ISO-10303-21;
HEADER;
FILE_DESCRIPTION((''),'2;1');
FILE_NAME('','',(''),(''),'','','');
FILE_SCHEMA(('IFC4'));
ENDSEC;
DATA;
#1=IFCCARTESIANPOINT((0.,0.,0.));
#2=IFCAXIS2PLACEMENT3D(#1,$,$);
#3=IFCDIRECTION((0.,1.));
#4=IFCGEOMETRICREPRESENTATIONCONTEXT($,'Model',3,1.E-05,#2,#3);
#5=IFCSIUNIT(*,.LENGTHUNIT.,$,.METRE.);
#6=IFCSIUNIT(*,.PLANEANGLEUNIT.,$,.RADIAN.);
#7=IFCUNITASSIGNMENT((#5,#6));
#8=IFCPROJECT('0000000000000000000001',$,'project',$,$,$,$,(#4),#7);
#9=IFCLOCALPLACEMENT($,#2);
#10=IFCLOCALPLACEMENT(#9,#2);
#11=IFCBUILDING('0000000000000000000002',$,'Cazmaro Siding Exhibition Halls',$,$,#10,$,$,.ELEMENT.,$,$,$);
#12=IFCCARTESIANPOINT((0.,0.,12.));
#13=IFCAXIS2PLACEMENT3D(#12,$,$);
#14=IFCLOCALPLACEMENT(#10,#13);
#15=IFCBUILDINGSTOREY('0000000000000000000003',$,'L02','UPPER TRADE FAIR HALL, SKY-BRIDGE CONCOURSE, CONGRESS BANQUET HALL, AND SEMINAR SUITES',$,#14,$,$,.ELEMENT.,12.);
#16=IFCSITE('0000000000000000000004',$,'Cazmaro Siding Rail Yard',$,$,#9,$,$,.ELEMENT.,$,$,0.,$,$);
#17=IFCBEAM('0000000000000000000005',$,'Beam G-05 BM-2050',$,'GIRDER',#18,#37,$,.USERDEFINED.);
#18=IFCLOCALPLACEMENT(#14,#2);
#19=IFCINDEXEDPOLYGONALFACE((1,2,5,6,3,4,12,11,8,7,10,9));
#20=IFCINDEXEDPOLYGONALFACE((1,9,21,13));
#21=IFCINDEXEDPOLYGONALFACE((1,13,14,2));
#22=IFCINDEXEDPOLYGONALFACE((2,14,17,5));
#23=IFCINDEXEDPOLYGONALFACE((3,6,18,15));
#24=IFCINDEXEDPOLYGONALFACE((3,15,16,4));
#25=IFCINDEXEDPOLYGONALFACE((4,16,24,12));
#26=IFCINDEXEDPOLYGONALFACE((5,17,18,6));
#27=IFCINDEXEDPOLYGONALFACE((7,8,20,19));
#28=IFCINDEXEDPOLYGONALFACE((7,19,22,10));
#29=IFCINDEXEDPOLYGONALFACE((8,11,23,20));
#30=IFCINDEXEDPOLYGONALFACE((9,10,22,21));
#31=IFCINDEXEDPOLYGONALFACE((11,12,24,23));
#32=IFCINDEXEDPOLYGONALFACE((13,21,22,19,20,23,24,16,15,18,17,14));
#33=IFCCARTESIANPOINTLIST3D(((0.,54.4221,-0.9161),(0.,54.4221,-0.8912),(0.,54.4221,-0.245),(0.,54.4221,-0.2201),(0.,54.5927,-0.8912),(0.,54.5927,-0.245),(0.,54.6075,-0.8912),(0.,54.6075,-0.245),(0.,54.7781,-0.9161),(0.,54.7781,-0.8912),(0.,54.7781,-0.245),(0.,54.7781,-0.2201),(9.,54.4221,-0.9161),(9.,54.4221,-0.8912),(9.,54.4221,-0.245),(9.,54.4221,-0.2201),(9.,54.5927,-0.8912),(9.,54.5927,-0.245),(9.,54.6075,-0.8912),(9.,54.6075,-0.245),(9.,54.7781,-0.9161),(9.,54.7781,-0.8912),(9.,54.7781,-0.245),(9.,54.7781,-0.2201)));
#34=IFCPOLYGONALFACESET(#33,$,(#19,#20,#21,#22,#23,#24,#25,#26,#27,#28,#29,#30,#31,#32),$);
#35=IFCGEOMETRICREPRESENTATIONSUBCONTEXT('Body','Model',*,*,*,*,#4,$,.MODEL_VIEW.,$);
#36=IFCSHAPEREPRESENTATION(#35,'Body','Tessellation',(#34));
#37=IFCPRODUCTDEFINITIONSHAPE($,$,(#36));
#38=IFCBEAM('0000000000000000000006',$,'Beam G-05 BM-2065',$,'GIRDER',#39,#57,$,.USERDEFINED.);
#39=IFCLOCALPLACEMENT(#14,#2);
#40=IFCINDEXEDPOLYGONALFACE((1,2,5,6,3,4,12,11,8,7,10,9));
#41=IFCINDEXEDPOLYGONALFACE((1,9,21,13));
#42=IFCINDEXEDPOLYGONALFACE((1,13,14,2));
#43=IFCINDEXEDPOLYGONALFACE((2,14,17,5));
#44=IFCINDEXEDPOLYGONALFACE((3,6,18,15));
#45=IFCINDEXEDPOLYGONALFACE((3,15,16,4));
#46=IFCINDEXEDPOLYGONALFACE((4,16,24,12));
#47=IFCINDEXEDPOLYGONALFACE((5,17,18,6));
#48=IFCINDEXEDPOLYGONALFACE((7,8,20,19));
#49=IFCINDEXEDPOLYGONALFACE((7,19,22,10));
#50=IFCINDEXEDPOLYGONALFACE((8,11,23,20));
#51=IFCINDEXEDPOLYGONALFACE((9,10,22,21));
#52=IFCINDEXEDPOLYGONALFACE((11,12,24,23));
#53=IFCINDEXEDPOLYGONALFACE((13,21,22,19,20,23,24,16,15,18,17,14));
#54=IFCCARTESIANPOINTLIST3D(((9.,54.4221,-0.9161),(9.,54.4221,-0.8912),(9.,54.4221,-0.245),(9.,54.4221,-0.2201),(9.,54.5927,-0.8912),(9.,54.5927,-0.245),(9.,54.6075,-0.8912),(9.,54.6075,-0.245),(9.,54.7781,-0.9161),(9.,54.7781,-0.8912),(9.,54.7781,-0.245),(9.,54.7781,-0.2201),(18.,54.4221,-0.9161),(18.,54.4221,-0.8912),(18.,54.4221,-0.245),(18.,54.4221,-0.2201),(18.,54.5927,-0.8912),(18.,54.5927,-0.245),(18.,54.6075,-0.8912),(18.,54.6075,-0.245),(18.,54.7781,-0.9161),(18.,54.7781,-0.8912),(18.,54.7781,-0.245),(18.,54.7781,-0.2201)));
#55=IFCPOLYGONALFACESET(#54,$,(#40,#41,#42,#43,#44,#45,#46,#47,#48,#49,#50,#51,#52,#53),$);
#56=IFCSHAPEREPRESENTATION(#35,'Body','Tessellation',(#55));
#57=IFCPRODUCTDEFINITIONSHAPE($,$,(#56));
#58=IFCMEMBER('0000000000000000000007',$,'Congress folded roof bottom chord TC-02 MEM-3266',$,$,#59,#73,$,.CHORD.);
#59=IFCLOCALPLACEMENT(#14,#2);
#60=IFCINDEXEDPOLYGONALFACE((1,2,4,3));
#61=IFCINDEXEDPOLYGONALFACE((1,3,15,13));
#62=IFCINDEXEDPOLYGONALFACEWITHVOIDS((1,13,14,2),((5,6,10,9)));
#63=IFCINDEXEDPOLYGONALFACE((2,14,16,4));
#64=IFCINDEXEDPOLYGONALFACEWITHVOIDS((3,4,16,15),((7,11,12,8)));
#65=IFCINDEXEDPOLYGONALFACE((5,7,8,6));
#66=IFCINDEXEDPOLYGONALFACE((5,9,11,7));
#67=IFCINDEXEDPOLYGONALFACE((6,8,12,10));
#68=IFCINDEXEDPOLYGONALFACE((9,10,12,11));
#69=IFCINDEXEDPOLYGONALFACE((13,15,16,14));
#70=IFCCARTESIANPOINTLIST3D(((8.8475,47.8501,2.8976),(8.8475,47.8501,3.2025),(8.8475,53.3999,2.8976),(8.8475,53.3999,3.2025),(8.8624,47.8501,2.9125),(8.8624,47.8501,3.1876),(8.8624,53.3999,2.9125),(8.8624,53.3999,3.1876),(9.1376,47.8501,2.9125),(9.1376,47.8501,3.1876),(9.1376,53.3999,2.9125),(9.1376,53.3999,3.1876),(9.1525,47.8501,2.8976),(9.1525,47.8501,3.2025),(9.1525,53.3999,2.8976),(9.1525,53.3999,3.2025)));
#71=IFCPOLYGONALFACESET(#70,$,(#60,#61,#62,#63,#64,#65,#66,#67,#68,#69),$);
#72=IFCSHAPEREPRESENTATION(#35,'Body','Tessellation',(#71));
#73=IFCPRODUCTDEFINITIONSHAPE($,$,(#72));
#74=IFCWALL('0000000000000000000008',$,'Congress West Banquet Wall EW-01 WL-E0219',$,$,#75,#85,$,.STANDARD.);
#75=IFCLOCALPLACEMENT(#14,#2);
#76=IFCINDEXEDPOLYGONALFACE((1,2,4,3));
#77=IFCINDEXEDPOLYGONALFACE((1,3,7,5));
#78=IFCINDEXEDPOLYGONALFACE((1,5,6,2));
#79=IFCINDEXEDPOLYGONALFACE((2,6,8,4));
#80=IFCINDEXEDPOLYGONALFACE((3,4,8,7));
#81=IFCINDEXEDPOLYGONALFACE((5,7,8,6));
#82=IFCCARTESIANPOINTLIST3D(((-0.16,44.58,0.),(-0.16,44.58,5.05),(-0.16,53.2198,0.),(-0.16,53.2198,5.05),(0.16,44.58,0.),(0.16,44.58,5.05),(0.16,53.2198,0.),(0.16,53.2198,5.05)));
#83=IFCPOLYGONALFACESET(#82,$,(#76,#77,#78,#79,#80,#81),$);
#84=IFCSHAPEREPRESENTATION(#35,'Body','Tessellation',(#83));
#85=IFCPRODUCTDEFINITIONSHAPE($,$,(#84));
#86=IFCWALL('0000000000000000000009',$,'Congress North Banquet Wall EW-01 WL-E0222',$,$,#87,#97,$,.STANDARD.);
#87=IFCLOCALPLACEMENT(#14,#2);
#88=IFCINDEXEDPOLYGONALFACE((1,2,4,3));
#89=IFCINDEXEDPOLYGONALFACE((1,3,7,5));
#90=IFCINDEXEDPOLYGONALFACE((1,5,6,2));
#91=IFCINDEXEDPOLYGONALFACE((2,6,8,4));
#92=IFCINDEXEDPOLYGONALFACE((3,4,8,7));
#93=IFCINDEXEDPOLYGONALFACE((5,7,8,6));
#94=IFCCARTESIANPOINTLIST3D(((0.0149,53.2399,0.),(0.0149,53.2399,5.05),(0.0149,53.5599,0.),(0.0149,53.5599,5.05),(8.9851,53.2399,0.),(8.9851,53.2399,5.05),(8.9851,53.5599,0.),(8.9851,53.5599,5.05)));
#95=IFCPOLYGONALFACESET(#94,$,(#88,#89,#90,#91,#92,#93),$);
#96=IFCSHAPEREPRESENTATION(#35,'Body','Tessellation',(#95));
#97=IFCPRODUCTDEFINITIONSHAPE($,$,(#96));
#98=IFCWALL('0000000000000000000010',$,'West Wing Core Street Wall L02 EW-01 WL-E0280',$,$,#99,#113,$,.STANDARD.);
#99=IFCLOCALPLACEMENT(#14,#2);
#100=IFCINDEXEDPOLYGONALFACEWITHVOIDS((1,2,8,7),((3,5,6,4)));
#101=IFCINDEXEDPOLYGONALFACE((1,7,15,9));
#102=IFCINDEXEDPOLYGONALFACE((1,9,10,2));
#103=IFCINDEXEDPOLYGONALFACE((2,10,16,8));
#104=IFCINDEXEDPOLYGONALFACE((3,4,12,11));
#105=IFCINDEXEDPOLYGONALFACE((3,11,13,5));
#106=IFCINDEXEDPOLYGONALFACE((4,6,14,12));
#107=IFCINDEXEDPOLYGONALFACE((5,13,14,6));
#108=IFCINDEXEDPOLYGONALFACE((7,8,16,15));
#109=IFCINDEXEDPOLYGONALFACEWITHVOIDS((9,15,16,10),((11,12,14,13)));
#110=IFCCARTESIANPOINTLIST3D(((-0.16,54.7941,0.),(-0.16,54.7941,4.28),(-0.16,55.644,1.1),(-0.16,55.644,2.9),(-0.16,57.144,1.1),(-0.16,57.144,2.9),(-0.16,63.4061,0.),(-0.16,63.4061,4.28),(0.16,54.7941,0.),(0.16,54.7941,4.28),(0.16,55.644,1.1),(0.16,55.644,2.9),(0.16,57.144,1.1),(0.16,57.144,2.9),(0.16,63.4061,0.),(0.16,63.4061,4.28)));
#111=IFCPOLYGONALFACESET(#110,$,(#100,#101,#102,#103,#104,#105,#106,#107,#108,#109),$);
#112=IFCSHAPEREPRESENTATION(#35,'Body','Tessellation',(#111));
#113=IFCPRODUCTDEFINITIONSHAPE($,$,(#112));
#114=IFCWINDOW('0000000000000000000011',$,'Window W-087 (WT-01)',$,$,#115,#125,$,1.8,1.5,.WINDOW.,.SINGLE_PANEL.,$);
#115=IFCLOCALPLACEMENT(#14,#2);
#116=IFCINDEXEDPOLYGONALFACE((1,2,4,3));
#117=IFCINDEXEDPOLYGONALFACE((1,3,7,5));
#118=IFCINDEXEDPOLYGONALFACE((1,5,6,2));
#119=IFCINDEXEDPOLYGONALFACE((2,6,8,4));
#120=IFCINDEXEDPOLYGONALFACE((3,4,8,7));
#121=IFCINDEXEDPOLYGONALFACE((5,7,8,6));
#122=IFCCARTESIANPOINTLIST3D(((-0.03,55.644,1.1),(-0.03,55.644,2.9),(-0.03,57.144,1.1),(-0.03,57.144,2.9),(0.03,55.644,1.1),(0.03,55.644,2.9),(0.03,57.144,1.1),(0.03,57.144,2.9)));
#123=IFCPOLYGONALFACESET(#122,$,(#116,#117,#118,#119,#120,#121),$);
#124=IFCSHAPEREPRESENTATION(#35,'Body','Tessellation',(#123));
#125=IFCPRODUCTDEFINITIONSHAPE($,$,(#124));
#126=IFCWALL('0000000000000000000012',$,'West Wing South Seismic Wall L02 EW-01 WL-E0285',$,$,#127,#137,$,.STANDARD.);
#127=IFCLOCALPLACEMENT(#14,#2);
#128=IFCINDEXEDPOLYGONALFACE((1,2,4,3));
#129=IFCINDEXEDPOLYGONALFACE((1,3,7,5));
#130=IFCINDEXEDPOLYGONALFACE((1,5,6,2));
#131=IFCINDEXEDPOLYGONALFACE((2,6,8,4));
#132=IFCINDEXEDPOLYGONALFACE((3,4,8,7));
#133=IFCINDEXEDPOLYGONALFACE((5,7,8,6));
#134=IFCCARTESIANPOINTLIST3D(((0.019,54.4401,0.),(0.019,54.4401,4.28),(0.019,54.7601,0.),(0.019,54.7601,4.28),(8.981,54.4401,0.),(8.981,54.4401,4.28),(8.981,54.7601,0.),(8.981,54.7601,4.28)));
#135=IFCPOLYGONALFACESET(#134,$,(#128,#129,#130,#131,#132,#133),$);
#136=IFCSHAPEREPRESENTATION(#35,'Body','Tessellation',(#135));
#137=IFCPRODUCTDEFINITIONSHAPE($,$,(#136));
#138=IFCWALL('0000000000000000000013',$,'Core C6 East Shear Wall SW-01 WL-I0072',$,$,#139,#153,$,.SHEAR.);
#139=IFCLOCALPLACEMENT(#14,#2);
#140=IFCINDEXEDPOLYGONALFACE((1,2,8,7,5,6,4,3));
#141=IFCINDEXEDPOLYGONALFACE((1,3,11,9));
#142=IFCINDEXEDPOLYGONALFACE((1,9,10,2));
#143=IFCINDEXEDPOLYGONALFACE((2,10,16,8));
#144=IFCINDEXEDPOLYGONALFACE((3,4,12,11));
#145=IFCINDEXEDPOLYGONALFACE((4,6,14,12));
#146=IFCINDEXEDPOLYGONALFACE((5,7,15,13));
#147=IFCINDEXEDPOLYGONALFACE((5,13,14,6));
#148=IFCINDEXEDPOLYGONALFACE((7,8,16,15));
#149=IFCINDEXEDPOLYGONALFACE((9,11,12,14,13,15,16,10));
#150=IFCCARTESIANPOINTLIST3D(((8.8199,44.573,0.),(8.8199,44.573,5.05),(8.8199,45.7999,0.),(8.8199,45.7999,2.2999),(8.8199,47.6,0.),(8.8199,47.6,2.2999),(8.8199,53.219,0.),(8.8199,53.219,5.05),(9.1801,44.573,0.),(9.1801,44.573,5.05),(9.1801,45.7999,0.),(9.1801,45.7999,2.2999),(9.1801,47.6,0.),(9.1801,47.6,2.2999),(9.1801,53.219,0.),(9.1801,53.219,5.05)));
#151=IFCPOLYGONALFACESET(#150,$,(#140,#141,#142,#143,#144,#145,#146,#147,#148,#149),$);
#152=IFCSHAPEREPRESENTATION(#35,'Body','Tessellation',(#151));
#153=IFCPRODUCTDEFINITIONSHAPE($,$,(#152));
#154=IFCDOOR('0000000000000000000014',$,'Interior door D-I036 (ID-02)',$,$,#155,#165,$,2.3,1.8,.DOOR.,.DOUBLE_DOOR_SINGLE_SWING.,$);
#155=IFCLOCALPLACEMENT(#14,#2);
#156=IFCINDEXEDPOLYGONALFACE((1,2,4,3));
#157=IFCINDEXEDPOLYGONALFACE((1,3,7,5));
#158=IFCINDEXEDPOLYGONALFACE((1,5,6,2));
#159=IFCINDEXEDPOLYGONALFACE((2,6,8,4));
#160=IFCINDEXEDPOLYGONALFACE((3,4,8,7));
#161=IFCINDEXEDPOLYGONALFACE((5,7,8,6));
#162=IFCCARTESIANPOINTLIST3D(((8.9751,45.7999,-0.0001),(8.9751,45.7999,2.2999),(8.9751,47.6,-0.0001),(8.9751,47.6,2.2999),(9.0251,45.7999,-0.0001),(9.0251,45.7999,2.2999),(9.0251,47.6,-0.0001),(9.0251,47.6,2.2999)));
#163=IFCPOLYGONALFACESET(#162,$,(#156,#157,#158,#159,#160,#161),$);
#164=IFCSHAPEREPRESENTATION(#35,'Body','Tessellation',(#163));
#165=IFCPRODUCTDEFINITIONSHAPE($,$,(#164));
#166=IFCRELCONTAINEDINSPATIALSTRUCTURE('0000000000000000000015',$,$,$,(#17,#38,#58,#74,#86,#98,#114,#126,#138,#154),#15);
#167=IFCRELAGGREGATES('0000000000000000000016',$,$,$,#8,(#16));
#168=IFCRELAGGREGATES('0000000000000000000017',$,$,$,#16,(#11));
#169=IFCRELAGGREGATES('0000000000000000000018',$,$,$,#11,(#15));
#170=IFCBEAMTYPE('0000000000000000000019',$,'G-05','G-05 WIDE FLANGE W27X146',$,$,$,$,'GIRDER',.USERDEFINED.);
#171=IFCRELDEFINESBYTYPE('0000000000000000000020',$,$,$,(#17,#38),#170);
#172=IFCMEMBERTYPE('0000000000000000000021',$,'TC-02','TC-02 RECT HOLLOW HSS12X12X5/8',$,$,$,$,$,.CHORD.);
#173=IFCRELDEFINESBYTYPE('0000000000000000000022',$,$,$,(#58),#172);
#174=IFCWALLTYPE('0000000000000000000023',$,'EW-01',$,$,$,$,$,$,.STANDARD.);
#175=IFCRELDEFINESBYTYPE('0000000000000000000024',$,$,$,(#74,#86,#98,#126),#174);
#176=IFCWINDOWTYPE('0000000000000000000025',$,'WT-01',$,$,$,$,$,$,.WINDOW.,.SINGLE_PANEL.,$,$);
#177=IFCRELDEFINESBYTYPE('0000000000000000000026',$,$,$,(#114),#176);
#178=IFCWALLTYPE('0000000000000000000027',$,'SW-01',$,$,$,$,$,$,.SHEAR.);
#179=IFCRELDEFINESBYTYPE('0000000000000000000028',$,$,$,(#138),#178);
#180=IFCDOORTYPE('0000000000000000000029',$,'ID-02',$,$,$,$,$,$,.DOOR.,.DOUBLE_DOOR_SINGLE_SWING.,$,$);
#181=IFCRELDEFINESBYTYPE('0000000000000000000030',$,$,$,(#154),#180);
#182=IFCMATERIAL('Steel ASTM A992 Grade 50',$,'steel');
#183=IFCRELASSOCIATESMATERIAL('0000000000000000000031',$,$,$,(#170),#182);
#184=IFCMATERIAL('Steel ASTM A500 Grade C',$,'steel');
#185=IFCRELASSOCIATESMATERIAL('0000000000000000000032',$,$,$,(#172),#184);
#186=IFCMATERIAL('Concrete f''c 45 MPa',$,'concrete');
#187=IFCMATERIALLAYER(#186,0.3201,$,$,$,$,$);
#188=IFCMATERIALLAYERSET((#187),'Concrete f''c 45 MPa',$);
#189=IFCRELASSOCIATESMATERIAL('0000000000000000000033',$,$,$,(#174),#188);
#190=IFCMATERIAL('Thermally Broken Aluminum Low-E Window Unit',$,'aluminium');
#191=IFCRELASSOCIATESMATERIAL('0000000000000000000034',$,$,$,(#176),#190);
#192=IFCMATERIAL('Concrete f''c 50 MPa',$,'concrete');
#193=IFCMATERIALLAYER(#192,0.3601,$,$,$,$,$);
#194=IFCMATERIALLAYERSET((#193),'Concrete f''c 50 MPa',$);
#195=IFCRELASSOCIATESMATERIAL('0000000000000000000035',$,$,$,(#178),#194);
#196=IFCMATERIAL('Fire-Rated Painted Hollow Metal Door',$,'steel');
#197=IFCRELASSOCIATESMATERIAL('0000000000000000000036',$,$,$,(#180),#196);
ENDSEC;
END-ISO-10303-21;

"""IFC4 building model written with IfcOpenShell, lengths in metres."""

from ifc_helpers import new_model, si_unit, direction, frame, frame_2d, origin, origin_2d, place, context, subcontext, project, spatial, rectangle, hollow_rectangle, i_section, extrude, material, layer, layer_set, material_profile, profile_set, type_object, element, fill, save


model = new_model("IFC4")

# Units and contexts
model_context = context("Model", 3, precision=1e-05, world=origin(), true_north=direction((0.0, 1.0)))
body_context = subcontext(model_context, "Body", "Model", "MODEL_VIEW")
ifc_project = project(units=[si_unit("LENGTHUNIT", "METRE"), si_unit("PLANEANGLEUNIT", "RADIAN")], contexts=[model_context])

# Site, building, storey
site_placement = place(None, origin())
site = spatial("IfcSite", under=ifc_project, at=site_placement, Name="Cazmaro Siding Rail Yard", CompositionType="ELEMENT", RefElevation=0.0)
building_placement = place(site_placement, origin())
building = spatial("IfcBuilding", under=site, at=building_placement, Name="Cazmaro Siding Exhibition Halls", CompositionType="ELEMENT")
storey_placement = place(building_placement, frame((0.0, 0.0, 12.0)))
storey = spatial("IfcBuildingStorey", under=building, at=storey_placement, Name="L02", Description="UPPER TRADE FAIR HALL, SKY-BRIDGE CONCOURSE, CONGRESS BANQUET HALL, AND SEMINAR SUITES", CompositionType="ELEMENT", Elevation=12.0)

# Beams
ifc_material_1 = material(Name="Steel ASTM A992 Grade 50", Category="steel")
ifc_material_profile_1 = material_profile(ifc_material_1, i_section(OverallWidth=0.356, OverallDepth=0.696, WebThickness=0.0149, FlangeThickness=0.0249, at=origin_2d()), Name="W27X146")
ifc_profile_set_1 = profile_set([ifc_material_profile_1], Name="Steel ASTM A992 Grade 50")
beam_type_1 = type_object("IfcBeamType", Name="G-05", Description="G-05 WIDE FLANGE W27X146", ElementType="GIRDER", PredefinedType="USERDEFINED", material=ifc_profile_set_1)
for number, where, z_axis, x_axis, name in (
    (1, (0.0, 54.6001, -0.5681), (1.0, 0.0, 0.0), (0.0, 1.0, 0.0), "Beam G-05 BM-2050"),
    (2, (9.0, 54.6001, -0.5681), (1.0, 0.0, 0.0), (0.0, 1.0, 0.0), "Beam G-05 BM-2065"),
):
    element("IfcBeam", number, at=place(storey_placement, frame(where, z_axis=z_axis, x_axis=x_axis)), inside=storey, type_object=beam_type_1, Name=name, ObjectType="GIRDER", PredefinedType="USERDEFINED", context=body_context, shape_type="SweptSolid", body=[
        extrude(i_section(OverallWidth=0.356, OverallDepth=0.696, WebThickness=0.0149, FlangeThickness=0.0249, at=origin_2d()), origin(), (0.0, 0.0, 1.0), 9.0),
    ])

# Member
ifc_material_2 = material(Name="Steel ASTM A500 Grade C", Category="steel")
ifc_material_profile_2 = material_profile(ifc_material_2, hollow_rectangle(XDim=0.3049, YDim=0.3049, WallThickness=0.0149, at=origin_2d()), Name="HSS12X12X5/8")
ifc_profile_set_2 = profile_set([ifc_material_profile_2], Name="Steel ASTM A500 Grade C")
member_type = type_object("IfcMemberType", Name="TC-02", Description="TC-02 RECT HOLLOW HSS12X12X5/8", PredefinedType="CHORD", material=ifc_profile_set_2)
member_placement = place(storey_placement, frame((9.0, 47.8501, 3.05), z_axis=(0.0, 1.0, 0.0), x_axis=(-1.0, 0.0, 0.0)))
element("IfcMember", 3, at=member_placement, inside=storey, type_object=member_type, Name="Congress folded roof bottom chord TC-02 MEM-3266", PredefinedType="CHORD", context=body_context, shape_type="SweptSolid", body=[
    extrude(hollow_rectangle(XDim=0.3049, YDim=0.3049, WallThickness=0.0149, at=origin_2d()), origin(), (0.0, 0.0, 1.0), 5.5498),
])

# Walls
ifc_material_3 = material(Name="Concrete f'c 45 MPa", Category="concrete")
ifc_layer_1 = layer(ifc_material_3, 0.3201)
ifc_layer_set_1 = layer_set([ifc_layer_1], Name="Concrete f'c 45 MPa")
wall_type_1 = type_object("IfcWallType", Name="EW-01", PredefinedType="STANDARD", material=ifc_layer_set_1)
wall_1_placement = place(storey_placement, frame((0.0, 44.5801, 0.0), z_axis=(0.0, 0.0, 1.0), x_axis=(0.0, 1.0, 0.0)))
element("IfcWall", 4, at=wall_1_placement, inside=storey, type_object=wall_type_1, Name="Congress West Banquet Wall EW-01 WL-E0219", PredefinedType="STANDARD", context=body_context, shape_type="SweptSolid", body=[
    extrude(rectangle(XDim=8.6399, YDim=0.3201, at=frame_2d((4.3198, 0.0))), origin(), (0.0, 0.0, 1.0), 5.05),
])
wall_2_placement = place(storey_placement, frame((0.0149, 53.3999, 0.0), z_axis=(0.0, 0.0, 1.0), x_axis=(1.0, 0.0, 0.0)))
element("IfcWall", 5, at=wall_2_placement, inside=storey, type_object=wall_type_1, Name="Congress North Banquet Wall EW-01 WL-E0222", PredefinedType="STANDARD", context=body_context, shape_type="SweptSolid", body=[
    extrude(rectangle(XDim=8.9702, YDim=0.3201, at=frame_2d((4.4851, 0.0))), origin(), (0.0, 0.0, 1.0), 5.05),
])

# Wall, opening, window
wall_3_placement = place(storey_placement, frame((0.0, 54.7939, 0.0), z_axis=(0.0, 0.0, 1.0), x_axis=(0.0, 1.0, 0.0)))
wall_3 = element("IfcWall", 6, at=wall_3_placement, inside=storey, type_object=wall_type_1, Name="West Wing Core Street Wall L02 EW-01 WL-E0280", PredefinedType="STANDARD", context=body_context, shape_type="SweptSolid", body=[
    extrude(rectangle(XDim=8.6121, YDim=0.3201, at=frame_2d((4.3062, 0.0))), origin(), (0.0, 0.0, 1.0), 4.28),
])
opening_1_placement = place(wall_3_placement, frame((0.8501, 0.0, 1.1001)))
opening_1 = element("IfcOpeningElement", 7, at=opening_1_placement, cuts=wall_3, PredefinedType="OPENING", context=body_context, shape_type="SweptSolid", body=[
    extrude(rectangle(XDim=1.5, YDim=1.8, at=frame_2d((0.75, 0.8999))), frame((0.0, 0.1699, 0.0), z_axis=(0.0, -1.0, 0.0), x_axis=(1.0, 0.0, 0.0)), (0.0, 0.0, 1.0), 0.3401),
])
ifc_material_4 = material(Name="Thermally Broken Aluminum Low-E Window Unit", Category="aluminium")
window_type = type_object("IfcWindowType", Name="WT-01", PartitioningType="SINGLE_PANEL", PredefinedType="WINDOW", material=ifc_material_4)
window_placement = place(opening_1_placement, origin())
window = element("IfcWindow", 8, at=window_placement, inside=storey, type_object=window_type, Name="Window W-087 (WT-01)", OverallHeight=1.8, OverallWidth=1.5, PartitioningType="SINGLE_PANEL", PredefinedType="WINDOW", context=body_context, shape_type="SweptSolid", body=[
    extrude(rectangle(XDim=1.5, YDim=1.8, at=frame_2d((0.75, 0.8999))), frame((0.0, 0.03, 0.0), z_axis=(0.0, -1.0, 0.0), x_axis=(1.0, 0.0, 0.0)), (0.0, 0.0, 1.0), 0.0601),
])
fill(opening_1, window)

# Wall
wall_4_placement = place(storey_placement, frame((8.981, 54.6001, 0.0), z_axis=(0.0, 0.0, 1.0), x_axis=(-1.0, 0.0, 0.0)))
element("IfcWall", 9, at=wall_4_placement, inside=storey, type_object=wall_type_1, Name="West Wing South Seismic Wall L02 EW-01 WL-E0285", PredefinedType="STANDARD", context=body_context, shape_type="SweptSolid", body=[
    extrude(rectangle(XDim=8.9619, YDim=0.3201, at=frame_2d((4.481, 0.0))), origin(), (0.0, 0.0, 1.0), 4.28),
])

# Wall, opening, door
ifc_material_5 = material(Name="Concrete f'c 50 MPa", Category="concrete")
ifc_layer_2 = layer(ifc_material_5, 0.3601)
ifc_layer_set_2 = layer_set([ifc_layer_2], Name="Concrete f'c 50 MPa")
wall_type_2 = type_object("IfcWallType", Name="SW-01", PredefinedType="SHEAR", material=ifc_layer_set_2)
wall_5_placement = place(storey_placement, frame((9.0, 44.573, 0.0), z_axis=(0.0, 0.0, 1.0), x_axis=(0.0, 1.0, 0.0)))
wall_5 = element("IfcWall", 10, at=wall_5_placement, inside=storey, type_object=wall_type_2, Name="Core C6 East Shear Wall SW-01 WL-I0072", PredefinedType="SHEAR", context=body_context, shape_type="SweptSolid", body=[
    extrude(rectangle(XDim=8.646, YDim=0.3601, at=frame_2d((4.323, 0.0))), origin(), (0.0, 0.0, 1.0), 5.05),
])
opening_2_placement = place(wall_5_placement, frame((1.2271, 0.0, 0.0)))
opening_2 = element("IfcOpeningElement", 11, at=opening_2_placement, cuts=wall_5, PredefinedType="OPENING", context=body_context, shape_type="SweptSolid", body=[
    extrude(rectangle(XDim=1.8, YDim=2.3, at=frame_2d((0.8999, 1.1499))), frame((0.0, 0.1899, 0.0), z_axis=(0.0, -1.0, 0.0), x_axis=(1.0, 0.0, 0.0)), (0.0, 0.0, 1.0), 0.3801),
])
ifc_material_6 = material(Name="Fire-Rated Painted Hollow Metal Door", Category="steel")
door_type_1 = type_object("IfcDoorType", Name="ID-02", OperationType="DOUBLE_DOOR_SINGLE_SWING", PredefinedType="DOOR", material=ifc_material_6)
door_1_placement = place(opening_2_placement, origin())
door_1 = element("IfcDoor", 12, at=door_1_placement, inside=storey, type_object=door_type_1, Name="Interior door D-I036 (ID-02)", OperationType="DOUBLE_DOOR_SINGLE_SWING", OverallHeight=2.3, OverallWidth=1.8, PredefinedType="DOOR", context=body_context, shape_type="SweptSolid", body=[
    extrude(rectangle(XDim=1.8, YDim=2.3, at=frame_2d((0.8999, 1.1499))), frame((0.0, 0.0249, 0.0), z_axis=(0.0, -1.0, 0.0), x_axis=(1.0, 0.0, 0.0)), (0.0, 0.0, 1.0), 0.05),
])
fill(opening_2, door_1)

save(model, "model.ifc")
